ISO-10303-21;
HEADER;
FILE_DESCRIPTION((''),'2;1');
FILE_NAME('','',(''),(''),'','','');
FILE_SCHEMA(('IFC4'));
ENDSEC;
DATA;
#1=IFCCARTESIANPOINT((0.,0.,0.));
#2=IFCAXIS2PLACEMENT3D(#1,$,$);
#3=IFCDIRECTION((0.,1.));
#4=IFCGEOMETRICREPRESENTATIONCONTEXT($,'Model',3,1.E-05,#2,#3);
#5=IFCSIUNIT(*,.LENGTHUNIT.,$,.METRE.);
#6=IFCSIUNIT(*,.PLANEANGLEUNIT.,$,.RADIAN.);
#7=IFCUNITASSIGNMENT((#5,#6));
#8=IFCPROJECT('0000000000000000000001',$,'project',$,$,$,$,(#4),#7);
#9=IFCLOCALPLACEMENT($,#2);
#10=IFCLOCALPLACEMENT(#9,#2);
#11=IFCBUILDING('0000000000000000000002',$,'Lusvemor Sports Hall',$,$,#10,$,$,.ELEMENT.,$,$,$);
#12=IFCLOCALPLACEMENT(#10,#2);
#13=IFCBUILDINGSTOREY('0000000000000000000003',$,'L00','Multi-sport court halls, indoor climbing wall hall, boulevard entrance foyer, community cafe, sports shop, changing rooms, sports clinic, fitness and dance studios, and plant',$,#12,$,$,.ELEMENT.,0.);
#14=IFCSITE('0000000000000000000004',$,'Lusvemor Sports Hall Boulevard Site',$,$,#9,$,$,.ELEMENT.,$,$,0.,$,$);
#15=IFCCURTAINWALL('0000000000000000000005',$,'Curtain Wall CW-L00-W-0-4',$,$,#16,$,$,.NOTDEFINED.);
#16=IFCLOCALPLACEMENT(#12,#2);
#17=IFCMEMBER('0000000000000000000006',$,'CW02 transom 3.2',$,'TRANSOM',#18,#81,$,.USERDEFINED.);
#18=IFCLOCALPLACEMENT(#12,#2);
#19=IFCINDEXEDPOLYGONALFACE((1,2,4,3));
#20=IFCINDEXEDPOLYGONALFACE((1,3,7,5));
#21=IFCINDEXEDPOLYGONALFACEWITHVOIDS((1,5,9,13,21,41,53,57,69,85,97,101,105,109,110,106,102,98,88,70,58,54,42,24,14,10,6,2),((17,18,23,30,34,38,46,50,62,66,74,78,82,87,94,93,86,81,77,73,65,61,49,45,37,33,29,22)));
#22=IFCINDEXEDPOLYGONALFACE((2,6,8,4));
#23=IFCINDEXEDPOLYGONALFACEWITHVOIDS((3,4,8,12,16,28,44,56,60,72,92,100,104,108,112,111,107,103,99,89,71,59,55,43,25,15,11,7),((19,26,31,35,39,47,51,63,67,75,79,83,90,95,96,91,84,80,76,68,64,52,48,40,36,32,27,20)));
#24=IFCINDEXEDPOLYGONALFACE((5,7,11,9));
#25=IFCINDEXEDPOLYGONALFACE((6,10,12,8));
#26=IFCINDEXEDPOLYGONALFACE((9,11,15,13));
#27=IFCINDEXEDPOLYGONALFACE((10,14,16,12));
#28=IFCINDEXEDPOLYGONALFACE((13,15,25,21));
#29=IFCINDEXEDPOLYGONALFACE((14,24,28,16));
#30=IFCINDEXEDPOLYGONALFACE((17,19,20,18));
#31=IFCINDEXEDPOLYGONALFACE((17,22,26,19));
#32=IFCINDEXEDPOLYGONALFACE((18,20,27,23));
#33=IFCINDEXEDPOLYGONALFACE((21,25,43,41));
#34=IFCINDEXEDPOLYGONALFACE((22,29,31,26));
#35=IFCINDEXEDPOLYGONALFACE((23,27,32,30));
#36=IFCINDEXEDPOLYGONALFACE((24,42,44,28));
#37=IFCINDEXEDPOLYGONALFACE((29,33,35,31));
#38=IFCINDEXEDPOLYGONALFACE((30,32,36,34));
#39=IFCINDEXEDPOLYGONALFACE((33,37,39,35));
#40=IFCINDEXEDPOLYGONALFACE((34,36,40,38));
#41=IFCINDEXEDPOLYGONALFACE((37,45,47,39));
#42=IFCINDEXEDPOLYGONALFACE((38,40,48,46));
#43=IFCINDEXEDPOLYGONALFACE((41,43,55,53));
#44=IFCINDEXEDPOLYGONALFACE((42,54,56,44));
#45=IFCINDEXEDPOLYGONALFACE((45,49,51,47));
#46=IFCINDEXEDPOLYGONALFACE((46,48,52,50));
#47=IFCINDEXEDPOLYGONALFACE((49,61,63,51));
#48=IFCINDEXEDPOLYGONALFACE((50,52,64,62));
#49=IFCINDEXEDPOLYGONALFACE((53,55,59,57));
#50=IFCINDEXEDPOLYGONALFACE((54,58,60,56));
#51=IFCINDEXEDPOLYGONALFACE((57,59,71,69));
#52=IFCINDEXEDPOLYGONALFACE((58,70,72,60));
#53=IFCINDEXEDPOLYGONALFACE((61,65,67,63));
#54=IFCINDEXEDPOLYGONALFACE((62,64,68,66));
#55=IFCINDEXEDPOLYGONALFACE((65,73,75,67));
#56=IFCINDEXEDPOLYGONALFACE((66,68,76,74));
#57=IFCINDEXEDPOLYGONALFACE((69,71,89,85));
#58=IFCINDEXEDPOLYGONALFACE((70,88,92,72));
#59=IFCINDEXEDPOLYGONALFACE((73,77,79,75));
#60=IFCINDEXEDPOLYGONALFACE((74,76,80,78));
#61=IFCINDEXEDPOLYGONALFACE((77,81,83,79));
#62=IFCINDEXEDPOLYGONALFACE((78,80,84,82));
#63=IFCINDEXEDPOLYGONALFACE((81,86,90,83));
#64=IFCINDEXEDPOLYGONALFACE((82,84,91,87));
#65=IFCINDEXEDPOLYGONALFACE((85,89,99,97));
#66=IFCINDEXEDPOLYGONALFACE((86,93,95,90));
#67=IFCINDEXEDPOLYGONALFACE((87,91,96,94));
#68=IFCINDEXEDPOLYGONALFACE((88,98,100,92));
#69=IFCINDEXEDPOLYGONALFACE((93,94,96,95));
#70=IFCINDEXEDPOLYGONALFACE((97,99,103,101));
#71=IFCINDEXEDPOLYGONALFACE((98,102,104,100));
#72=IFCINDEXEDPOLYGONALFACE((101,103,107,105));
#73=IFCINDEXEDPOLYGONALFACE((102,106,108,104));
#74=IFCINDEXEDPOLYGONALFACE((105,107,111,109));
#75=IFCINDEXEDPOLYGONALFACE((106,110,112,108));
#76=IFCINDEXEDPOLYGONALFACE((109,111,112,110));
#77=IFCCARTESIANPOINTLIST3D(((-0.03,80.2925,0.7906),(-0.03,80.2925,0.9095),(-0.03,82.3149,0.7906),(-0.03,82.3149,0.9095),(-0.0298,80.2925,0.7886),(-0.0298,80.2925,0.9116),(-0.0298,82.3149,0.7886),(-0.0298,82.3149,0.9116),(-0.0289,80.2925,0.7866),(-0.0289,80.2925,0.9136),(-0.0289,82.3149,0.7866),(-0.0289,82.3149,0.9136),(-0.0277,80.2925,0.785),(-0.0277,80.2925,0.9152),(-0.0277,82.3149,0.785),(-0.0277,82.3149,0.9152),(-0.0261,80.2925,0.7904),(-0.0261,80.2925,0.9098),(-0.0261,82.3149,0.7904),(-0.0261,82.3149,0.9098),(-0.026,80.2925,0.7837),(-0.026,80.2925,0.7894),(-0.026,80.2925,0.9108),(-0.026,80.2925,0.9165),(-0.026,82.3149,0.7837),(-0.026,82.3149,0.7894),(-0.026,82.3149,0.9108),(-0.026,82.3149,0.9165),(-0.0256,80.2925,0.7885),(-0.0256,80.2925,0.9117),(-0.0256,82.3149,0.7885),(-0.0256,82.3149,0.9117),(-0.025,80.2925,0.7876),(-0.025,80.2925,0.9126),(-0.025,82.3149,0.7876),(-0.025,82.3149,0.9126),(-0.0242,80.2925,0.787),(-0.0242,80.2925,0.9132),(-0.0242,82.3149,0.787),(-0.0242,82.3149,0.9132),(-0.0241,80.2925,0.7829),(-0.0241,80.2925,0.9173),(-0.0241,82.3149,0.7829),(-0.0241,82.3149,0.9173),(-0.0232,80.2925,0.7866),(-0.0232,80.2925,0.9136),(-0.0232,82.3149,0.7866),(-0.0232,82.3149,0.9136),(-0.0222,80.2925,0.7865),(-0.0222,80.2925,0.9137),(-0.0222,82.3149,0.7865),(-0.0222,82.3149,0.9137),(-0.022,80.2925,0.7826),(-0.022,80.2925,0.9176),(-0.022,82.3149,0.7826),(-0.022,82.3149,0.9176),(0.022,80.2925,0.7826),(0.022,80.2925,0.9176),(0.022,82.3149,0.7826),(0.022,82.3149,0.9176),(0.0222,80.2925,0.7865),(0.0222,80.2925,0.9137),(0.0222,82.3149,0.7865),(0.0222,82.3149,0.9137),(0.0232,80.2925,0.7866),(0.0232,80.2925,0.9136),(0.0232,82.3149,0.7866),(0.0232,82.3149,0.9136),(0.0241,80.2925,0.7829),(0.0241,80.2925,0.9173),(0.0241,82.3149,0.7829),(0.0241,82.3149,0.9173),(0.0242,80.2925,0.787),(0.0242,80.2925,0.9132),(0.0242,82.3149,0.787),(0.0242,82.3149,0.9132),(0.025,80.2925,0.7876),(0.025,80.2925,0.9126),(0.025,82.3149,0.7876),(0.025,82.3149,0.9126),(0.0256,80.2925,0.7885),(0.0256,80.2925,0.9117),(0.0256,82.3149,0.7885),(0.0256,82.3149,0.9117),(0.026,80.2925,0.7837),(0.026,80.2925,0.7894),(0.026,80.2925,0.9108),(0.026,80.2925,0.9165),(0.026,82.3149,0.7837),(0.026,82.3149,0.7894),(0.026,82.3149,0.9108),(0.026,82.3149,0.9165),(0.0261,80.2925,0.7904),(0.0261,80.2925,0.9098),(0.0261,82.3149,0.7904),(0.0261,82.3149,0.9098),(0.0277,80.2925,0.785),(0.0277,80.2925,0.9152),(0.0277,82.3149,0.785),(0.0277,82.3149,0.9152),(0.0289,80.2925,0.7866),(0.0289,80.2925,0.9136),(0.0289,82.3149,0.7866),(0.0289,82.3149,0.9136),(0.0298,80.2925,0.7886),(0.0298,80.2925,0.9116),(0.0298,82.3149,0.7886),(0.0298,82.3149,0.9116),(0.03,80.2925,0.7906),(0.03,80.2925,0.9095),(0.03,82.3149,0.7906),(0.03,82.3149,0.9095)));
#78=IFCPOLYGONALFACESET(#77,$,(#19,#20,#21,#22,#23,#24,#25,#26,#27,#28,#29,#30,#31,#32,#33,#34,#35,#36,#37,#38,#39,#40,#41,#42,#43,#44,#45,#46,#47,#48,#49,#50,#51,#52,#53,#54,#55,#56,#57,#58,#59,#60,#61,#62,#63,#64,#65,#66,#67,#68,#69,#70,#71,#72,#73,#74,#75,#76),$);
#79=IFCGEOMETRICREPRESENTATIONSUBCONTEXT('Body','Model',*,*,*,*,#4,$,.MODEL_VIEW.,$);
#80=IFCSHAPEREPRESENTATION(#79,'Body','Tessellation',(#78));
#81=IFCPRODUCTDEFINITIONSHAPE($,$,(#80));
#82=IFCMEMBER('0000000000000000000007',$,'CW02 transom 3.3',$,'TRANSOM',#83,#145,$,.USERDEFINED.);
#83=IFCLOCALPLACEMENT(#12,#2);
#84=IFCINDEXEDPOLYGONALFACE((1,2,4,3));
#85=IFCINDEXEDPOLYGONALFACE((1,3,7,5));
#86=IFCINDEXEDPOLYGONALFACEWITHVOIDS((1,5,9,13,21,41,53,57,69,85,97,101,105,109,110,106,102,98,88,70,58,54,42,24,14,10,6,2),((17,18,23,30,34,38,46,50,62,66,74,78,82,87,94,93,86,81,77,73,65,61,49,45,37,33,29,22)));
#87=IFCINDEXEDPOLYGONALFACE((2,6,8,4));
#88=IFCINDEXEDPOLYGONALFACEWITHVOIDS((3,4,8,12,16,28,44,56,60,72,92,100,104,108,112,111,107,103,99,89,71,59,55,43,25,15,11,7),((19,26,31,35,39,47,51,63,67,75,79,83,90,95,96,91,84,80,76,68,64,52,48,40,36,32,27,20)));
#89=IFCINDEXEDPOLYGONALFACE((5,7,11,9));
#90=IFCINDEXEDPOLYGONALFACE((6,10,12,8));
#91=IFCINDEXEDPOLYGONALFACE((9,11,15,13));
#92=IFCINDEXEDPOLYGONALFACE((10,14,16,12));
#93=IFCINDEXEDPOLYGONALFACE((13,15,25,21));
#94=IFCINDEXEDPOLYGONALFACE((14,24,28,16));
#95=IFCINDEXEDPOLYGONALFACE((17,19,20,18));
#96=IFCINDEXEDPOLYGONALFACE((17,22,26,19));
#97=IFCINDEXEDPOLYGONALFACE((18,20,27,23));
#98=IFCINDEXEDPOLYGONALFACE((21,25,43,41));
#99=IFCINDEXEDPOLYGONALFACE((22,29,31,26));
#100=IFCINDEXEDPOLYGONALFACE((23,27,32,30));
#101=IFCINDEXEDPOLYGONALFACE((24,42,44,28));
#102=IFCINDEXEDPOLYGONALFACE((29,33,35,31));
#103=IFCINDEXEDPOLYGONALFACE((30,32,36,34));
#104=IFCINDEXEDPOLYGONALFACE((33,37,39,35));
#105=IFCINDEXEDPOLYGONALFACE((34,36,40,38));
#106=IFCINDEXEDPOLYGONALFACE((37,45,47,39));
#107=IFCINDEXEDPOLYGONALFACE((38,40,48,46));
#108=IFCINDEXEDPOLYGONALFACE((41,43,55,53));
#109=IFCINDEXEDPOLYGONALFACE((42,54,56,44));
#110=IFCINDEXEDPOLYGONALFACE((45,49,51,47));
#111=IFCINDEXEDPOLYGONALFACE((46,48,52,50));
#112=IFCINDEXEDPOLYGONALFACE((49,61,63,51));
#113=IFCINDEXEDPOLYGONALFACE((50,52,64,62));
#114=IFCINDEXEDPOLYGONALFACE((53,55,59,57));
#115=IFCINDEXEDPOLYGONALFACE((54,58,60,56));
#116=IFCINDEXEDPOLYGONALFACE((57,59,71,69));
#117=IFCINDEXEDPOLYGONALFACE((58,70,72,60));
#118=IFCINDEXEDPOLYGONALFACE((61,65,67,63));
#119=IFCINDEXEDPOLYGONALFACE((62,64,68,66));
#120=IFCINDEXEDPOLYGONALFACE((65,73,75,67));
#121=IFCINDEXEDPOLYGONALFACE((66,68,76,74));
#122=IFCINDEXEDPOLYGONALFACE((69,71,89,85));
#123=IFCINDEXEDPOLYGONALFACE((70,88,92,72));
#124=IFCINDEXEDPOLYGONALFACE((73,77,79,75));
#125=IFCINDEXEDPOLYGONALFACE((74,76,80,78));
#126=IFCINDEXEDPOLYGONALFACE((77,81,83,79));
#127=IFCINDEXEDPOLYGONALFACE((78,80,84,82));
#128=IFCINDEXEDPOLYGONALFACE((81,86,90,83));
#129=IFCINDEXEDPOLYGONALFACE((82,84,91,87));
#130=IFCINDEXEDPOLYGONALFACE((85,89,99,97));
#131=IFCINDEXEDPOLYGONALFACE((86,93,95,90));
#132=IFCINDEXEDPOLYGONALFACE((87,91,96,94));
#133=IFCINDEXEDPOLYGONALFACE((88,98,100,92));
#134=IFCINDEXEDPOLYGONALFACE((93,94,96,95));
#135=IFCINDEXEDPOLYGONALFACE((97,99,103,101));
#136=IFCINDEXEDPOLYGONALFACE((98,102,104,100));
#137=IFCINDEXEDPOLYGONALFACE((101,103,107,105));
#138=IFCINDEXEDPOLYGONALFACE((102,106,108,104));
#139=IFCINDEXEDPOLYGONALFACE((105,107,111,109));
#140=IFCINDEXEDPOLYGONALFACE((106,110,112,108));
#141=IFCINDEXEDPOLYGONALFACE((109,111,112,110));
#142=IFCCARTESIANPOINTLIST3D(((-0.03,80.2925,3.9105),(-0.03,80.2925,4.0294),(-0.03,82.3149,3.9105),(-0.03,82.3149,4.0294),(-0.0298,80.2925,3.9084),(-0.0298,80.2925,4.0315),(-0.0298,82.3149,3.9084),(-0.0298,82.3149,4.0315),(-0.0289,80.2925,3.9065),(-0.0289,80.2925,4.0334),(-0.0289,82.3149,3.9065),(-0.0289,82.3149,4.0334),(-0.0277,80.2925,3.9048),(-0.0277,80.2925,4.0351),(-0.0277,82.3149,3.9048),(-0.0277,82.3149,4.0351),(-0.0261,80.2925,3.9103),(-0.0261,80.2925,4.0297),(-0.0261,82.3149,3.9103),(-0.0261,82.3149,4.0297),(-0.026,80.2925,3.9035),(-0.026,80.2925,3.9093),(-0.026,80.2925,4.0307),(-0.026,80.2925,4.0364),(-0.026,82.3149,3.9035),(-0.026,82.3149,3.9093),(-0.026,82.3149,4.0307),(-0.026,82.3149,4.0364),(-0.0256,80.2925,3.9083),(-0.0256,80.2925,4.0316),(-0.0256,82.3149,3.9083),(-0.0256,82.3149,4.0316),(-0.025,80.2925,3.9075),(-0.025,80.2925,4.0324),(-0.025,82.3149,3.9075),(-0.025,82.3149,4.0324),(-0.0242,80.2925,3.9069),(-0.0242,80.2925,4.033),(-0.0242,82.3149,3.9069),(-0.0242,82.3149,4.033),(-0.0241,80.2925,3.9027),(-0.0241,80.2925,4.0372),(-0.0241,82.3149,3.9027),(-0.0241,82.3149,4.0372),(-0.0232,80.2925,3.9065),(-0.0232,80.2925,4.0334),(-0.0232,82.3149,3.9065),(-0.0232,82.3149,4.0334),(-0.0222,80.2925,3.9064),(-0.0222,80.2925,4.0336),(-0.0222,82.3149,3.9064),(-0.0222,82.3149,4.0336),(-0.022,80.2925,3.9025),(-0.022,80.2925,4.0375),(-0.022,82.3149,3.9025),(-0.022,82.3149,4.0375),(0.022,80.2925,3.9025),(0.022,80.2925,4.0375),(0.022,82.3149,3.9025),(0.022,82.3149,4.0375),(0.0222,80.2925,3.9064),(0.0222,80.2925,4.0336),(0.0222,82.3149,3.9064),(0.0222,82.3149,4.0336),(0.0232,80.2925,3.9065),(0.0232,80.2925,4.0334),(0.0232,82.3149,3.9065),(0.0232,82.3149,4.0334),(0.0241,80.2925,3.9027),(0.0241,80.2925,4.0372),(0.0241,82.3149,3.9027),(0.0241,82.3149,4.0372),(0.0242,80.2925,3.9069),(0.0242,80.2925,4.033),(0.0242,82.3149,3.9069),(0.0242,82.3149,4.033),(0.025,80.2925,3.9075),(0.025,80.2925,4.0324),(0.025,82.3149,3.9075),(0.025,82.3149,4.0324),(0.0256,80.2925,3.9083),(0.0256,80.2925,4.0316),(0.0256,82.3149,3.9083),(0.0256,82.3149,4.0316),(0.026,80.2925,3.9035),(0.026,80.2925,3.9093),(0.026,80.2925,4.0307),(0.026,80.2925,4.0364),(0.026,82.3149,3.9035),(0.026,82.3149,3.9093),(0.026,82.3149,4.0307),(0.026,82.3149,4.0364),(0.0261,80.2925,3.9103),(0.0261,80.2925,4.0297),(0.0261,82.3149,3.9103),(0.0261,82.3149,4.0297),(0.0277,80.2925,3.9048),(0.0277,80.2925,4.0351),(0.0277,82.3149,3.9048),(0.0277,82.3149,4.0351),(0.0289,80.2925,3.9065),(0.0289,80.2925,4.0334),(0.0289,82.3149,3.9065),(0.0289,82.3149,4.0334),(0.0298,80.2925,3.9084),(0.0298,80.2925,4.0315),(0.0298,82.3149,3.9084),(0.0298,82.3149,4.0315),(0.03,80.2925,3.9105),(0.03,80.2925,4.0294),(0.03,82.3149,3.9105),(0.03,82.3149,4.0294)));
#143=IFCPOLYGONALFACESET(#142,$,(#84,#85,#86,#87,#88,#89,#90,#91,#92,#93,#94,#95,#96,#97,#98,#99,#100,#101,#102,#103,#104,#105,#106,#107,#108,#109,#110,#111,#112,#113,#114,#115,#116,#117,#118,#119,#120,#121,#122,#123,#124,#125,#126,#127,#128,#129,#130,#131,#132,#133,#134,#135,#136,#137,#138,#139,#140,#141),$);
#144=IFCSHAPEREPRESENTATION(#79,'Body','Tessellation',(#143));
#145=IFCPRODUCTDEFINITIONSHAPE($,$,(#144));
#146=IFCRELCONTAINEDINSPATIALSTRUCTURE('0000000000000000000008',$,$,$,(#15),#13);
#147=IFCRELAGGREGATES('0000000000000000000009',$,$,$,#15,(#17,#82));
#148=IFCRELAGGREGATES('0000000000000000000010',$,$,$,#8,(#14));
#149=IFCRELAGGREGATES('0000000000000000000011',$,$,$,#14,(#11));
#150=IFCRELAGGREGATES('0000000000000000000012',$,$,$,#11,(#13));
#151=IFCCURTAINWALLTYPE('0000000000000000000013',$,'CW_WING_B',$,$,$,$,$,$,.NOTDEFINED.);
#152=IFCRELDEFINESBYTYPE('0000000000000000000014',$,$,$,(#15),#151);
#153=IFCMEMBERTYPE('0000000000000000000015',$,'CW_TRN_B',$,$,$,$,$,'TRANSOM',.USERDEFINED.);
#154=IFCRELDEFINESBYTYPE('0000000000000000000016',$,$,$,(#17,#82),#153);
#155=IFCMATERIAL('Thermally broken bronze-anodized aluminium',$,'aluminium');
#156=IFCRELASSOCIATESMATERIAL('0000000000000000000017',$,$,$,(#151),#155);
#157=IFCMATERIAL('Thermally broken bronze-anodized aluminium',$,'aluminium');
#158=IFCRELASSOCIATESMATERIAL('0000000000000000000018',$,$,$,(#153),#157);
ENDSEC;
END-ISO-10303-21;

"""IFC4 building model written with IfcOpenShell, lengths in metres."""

from ifc_helpers import new_model, si_unit, direction, frame, origin, origin_2d, place, context, subcontext, project, spatial, hollow_rectangle, extrude, material, material_profile, profile_set, type_object, element, aggregate, save


model = new_model("IFC4")

# Units and contexts
model_context = context("Model", 3, precision=1e-05, world=origin(), true_north=direction((0.0, 1.0)))
body_context = subcontext(model_context, "Body", "Model", "MODEL_VIEW")
ifc_project = project(units=[si_unit("LENGTHUNIT", "METRE"), si_unit("PLANEANGLEUNIT", "RADIAN")], contexts=[model_context])

# Site, building, storey
site_placement = place(None, origin())
site = spatial("IfcSite", under=ifc_project, at=site_placement, Name="Lusvemor Sports Hall Boulevard Site", CompositionType="ELEMENT", RefElevation=0.0)
building_placement = place(site_placement, origin())
building = spatial("IfcBuilding", under=site, at=building_placement, Name="Lusvemor Sports Hall", CompositionType="ELEMENT")
storey_placement = place(building_placement, origin())
storey = spatial("IfcBuildingStorey", under=building, at=storey_placement, Name="L00", Description="Multi-sport court halls, indoor climbing wall hall, boulevard entrance foyer, community cafe, sports shop, changing rooms, sports clinic, fitness and dance studios, and plant", CompositionType="ELEMENT", Elevation=0.0)

# Curtain wall
ifc_material_1 = material(Name="Thermally broken bronze-anodized aluminium", Category="aluminium")
curtain_wall_type = type_object("IfcCurtainWallType", Name="CW_WING_B", PredefinedType="NOTDEFINED", material=ifc_material_1)
curtain_wall_1_placement = place(storey_placement, origin())
curtain_wall_1 = element("IfcCurtainWall", 1, at=curtain_wall_1_placement, inside=storey, type_object=curtain_wall_type, Name="Curtain Wall CW-L00-W-0-4", PredefinedType="NOTDEFINED")

# Members
ifc_material_2 = material(Name="Thermally broken bronze-anodized aluminium", Category="aluminium")
ifc_material_profile_1 = material_profile(ifc_material_2, hollow_rectangle(XDim=0.0601, YDim=0.135, WallThickness=0.0039, InnerFilletRadius=0.0039, OuterFilletRadius=0.0081, at=origin_2d()), Name="CWTRN135x60x4")
ifc_profile_set_1 = profile_set([ifc_material_profile_1], Name="Thermally broken bronze-anodized aluminium")
member_type_1 = type_object("IfcMemberType", Name="CW_TRN_B", ElementType="TRANSOM", PredefinedType="USERDEFINED", material=ifc_profile_set_1)
member_1_placement = place(storey_placement, frame((0.0, 80.2925, 0.8501), z_axis=(0.0, 1.0, 0.0), x_axis=(-1.0, 0.0, 0.0)))
member_1 = element("IfcMember", 2, at=member_1_placement, type_object=member_type_1, Name="CW02 transom 3.2", ObjectType="TRANSOM", PredefinedType="USERDEFINED", context=body_context, shape_type="SweptSolid", body=[
    extrude(hollow_rectangle(XDim=0.0601, YDim=0.135, WallThickness=0.0039, InnerFilletRadius=0.0039, OuterFilletRadius=0.0081, at=origin_2d()), origin(), (0.0, 0.0, 1.0), 2.0225),
])
member_2_placement = place(storey_placement, frame((0.0, 80.2925, 3.97), z_axis=(0.0, 1.0, 0.0), x_axis=(-1.0, 0.0, 0.0)))
member_2 = element("IfcMember", 3, at=member_2_placement, type_object=member_type_1, Name="CW02 transom 3.3", ObjectType="TRANSOM", PredefinedType="USERDEFINED", context=body_context, shape_type="SweptSolid", body=[
    extrude(hollow_rectangle(XDim=0.0601, YDim=0.135, WallThickness=0.0039, InnerFilletRadius=0.0039, OuterFilletRadius=0.0081, at=origin_2d()), origin(), (0.0, 0.0, 1.0), 2.0225),
])

aggregate(curtain_wall_1, [member_1, member_2])

save(model, "model.ifc")
